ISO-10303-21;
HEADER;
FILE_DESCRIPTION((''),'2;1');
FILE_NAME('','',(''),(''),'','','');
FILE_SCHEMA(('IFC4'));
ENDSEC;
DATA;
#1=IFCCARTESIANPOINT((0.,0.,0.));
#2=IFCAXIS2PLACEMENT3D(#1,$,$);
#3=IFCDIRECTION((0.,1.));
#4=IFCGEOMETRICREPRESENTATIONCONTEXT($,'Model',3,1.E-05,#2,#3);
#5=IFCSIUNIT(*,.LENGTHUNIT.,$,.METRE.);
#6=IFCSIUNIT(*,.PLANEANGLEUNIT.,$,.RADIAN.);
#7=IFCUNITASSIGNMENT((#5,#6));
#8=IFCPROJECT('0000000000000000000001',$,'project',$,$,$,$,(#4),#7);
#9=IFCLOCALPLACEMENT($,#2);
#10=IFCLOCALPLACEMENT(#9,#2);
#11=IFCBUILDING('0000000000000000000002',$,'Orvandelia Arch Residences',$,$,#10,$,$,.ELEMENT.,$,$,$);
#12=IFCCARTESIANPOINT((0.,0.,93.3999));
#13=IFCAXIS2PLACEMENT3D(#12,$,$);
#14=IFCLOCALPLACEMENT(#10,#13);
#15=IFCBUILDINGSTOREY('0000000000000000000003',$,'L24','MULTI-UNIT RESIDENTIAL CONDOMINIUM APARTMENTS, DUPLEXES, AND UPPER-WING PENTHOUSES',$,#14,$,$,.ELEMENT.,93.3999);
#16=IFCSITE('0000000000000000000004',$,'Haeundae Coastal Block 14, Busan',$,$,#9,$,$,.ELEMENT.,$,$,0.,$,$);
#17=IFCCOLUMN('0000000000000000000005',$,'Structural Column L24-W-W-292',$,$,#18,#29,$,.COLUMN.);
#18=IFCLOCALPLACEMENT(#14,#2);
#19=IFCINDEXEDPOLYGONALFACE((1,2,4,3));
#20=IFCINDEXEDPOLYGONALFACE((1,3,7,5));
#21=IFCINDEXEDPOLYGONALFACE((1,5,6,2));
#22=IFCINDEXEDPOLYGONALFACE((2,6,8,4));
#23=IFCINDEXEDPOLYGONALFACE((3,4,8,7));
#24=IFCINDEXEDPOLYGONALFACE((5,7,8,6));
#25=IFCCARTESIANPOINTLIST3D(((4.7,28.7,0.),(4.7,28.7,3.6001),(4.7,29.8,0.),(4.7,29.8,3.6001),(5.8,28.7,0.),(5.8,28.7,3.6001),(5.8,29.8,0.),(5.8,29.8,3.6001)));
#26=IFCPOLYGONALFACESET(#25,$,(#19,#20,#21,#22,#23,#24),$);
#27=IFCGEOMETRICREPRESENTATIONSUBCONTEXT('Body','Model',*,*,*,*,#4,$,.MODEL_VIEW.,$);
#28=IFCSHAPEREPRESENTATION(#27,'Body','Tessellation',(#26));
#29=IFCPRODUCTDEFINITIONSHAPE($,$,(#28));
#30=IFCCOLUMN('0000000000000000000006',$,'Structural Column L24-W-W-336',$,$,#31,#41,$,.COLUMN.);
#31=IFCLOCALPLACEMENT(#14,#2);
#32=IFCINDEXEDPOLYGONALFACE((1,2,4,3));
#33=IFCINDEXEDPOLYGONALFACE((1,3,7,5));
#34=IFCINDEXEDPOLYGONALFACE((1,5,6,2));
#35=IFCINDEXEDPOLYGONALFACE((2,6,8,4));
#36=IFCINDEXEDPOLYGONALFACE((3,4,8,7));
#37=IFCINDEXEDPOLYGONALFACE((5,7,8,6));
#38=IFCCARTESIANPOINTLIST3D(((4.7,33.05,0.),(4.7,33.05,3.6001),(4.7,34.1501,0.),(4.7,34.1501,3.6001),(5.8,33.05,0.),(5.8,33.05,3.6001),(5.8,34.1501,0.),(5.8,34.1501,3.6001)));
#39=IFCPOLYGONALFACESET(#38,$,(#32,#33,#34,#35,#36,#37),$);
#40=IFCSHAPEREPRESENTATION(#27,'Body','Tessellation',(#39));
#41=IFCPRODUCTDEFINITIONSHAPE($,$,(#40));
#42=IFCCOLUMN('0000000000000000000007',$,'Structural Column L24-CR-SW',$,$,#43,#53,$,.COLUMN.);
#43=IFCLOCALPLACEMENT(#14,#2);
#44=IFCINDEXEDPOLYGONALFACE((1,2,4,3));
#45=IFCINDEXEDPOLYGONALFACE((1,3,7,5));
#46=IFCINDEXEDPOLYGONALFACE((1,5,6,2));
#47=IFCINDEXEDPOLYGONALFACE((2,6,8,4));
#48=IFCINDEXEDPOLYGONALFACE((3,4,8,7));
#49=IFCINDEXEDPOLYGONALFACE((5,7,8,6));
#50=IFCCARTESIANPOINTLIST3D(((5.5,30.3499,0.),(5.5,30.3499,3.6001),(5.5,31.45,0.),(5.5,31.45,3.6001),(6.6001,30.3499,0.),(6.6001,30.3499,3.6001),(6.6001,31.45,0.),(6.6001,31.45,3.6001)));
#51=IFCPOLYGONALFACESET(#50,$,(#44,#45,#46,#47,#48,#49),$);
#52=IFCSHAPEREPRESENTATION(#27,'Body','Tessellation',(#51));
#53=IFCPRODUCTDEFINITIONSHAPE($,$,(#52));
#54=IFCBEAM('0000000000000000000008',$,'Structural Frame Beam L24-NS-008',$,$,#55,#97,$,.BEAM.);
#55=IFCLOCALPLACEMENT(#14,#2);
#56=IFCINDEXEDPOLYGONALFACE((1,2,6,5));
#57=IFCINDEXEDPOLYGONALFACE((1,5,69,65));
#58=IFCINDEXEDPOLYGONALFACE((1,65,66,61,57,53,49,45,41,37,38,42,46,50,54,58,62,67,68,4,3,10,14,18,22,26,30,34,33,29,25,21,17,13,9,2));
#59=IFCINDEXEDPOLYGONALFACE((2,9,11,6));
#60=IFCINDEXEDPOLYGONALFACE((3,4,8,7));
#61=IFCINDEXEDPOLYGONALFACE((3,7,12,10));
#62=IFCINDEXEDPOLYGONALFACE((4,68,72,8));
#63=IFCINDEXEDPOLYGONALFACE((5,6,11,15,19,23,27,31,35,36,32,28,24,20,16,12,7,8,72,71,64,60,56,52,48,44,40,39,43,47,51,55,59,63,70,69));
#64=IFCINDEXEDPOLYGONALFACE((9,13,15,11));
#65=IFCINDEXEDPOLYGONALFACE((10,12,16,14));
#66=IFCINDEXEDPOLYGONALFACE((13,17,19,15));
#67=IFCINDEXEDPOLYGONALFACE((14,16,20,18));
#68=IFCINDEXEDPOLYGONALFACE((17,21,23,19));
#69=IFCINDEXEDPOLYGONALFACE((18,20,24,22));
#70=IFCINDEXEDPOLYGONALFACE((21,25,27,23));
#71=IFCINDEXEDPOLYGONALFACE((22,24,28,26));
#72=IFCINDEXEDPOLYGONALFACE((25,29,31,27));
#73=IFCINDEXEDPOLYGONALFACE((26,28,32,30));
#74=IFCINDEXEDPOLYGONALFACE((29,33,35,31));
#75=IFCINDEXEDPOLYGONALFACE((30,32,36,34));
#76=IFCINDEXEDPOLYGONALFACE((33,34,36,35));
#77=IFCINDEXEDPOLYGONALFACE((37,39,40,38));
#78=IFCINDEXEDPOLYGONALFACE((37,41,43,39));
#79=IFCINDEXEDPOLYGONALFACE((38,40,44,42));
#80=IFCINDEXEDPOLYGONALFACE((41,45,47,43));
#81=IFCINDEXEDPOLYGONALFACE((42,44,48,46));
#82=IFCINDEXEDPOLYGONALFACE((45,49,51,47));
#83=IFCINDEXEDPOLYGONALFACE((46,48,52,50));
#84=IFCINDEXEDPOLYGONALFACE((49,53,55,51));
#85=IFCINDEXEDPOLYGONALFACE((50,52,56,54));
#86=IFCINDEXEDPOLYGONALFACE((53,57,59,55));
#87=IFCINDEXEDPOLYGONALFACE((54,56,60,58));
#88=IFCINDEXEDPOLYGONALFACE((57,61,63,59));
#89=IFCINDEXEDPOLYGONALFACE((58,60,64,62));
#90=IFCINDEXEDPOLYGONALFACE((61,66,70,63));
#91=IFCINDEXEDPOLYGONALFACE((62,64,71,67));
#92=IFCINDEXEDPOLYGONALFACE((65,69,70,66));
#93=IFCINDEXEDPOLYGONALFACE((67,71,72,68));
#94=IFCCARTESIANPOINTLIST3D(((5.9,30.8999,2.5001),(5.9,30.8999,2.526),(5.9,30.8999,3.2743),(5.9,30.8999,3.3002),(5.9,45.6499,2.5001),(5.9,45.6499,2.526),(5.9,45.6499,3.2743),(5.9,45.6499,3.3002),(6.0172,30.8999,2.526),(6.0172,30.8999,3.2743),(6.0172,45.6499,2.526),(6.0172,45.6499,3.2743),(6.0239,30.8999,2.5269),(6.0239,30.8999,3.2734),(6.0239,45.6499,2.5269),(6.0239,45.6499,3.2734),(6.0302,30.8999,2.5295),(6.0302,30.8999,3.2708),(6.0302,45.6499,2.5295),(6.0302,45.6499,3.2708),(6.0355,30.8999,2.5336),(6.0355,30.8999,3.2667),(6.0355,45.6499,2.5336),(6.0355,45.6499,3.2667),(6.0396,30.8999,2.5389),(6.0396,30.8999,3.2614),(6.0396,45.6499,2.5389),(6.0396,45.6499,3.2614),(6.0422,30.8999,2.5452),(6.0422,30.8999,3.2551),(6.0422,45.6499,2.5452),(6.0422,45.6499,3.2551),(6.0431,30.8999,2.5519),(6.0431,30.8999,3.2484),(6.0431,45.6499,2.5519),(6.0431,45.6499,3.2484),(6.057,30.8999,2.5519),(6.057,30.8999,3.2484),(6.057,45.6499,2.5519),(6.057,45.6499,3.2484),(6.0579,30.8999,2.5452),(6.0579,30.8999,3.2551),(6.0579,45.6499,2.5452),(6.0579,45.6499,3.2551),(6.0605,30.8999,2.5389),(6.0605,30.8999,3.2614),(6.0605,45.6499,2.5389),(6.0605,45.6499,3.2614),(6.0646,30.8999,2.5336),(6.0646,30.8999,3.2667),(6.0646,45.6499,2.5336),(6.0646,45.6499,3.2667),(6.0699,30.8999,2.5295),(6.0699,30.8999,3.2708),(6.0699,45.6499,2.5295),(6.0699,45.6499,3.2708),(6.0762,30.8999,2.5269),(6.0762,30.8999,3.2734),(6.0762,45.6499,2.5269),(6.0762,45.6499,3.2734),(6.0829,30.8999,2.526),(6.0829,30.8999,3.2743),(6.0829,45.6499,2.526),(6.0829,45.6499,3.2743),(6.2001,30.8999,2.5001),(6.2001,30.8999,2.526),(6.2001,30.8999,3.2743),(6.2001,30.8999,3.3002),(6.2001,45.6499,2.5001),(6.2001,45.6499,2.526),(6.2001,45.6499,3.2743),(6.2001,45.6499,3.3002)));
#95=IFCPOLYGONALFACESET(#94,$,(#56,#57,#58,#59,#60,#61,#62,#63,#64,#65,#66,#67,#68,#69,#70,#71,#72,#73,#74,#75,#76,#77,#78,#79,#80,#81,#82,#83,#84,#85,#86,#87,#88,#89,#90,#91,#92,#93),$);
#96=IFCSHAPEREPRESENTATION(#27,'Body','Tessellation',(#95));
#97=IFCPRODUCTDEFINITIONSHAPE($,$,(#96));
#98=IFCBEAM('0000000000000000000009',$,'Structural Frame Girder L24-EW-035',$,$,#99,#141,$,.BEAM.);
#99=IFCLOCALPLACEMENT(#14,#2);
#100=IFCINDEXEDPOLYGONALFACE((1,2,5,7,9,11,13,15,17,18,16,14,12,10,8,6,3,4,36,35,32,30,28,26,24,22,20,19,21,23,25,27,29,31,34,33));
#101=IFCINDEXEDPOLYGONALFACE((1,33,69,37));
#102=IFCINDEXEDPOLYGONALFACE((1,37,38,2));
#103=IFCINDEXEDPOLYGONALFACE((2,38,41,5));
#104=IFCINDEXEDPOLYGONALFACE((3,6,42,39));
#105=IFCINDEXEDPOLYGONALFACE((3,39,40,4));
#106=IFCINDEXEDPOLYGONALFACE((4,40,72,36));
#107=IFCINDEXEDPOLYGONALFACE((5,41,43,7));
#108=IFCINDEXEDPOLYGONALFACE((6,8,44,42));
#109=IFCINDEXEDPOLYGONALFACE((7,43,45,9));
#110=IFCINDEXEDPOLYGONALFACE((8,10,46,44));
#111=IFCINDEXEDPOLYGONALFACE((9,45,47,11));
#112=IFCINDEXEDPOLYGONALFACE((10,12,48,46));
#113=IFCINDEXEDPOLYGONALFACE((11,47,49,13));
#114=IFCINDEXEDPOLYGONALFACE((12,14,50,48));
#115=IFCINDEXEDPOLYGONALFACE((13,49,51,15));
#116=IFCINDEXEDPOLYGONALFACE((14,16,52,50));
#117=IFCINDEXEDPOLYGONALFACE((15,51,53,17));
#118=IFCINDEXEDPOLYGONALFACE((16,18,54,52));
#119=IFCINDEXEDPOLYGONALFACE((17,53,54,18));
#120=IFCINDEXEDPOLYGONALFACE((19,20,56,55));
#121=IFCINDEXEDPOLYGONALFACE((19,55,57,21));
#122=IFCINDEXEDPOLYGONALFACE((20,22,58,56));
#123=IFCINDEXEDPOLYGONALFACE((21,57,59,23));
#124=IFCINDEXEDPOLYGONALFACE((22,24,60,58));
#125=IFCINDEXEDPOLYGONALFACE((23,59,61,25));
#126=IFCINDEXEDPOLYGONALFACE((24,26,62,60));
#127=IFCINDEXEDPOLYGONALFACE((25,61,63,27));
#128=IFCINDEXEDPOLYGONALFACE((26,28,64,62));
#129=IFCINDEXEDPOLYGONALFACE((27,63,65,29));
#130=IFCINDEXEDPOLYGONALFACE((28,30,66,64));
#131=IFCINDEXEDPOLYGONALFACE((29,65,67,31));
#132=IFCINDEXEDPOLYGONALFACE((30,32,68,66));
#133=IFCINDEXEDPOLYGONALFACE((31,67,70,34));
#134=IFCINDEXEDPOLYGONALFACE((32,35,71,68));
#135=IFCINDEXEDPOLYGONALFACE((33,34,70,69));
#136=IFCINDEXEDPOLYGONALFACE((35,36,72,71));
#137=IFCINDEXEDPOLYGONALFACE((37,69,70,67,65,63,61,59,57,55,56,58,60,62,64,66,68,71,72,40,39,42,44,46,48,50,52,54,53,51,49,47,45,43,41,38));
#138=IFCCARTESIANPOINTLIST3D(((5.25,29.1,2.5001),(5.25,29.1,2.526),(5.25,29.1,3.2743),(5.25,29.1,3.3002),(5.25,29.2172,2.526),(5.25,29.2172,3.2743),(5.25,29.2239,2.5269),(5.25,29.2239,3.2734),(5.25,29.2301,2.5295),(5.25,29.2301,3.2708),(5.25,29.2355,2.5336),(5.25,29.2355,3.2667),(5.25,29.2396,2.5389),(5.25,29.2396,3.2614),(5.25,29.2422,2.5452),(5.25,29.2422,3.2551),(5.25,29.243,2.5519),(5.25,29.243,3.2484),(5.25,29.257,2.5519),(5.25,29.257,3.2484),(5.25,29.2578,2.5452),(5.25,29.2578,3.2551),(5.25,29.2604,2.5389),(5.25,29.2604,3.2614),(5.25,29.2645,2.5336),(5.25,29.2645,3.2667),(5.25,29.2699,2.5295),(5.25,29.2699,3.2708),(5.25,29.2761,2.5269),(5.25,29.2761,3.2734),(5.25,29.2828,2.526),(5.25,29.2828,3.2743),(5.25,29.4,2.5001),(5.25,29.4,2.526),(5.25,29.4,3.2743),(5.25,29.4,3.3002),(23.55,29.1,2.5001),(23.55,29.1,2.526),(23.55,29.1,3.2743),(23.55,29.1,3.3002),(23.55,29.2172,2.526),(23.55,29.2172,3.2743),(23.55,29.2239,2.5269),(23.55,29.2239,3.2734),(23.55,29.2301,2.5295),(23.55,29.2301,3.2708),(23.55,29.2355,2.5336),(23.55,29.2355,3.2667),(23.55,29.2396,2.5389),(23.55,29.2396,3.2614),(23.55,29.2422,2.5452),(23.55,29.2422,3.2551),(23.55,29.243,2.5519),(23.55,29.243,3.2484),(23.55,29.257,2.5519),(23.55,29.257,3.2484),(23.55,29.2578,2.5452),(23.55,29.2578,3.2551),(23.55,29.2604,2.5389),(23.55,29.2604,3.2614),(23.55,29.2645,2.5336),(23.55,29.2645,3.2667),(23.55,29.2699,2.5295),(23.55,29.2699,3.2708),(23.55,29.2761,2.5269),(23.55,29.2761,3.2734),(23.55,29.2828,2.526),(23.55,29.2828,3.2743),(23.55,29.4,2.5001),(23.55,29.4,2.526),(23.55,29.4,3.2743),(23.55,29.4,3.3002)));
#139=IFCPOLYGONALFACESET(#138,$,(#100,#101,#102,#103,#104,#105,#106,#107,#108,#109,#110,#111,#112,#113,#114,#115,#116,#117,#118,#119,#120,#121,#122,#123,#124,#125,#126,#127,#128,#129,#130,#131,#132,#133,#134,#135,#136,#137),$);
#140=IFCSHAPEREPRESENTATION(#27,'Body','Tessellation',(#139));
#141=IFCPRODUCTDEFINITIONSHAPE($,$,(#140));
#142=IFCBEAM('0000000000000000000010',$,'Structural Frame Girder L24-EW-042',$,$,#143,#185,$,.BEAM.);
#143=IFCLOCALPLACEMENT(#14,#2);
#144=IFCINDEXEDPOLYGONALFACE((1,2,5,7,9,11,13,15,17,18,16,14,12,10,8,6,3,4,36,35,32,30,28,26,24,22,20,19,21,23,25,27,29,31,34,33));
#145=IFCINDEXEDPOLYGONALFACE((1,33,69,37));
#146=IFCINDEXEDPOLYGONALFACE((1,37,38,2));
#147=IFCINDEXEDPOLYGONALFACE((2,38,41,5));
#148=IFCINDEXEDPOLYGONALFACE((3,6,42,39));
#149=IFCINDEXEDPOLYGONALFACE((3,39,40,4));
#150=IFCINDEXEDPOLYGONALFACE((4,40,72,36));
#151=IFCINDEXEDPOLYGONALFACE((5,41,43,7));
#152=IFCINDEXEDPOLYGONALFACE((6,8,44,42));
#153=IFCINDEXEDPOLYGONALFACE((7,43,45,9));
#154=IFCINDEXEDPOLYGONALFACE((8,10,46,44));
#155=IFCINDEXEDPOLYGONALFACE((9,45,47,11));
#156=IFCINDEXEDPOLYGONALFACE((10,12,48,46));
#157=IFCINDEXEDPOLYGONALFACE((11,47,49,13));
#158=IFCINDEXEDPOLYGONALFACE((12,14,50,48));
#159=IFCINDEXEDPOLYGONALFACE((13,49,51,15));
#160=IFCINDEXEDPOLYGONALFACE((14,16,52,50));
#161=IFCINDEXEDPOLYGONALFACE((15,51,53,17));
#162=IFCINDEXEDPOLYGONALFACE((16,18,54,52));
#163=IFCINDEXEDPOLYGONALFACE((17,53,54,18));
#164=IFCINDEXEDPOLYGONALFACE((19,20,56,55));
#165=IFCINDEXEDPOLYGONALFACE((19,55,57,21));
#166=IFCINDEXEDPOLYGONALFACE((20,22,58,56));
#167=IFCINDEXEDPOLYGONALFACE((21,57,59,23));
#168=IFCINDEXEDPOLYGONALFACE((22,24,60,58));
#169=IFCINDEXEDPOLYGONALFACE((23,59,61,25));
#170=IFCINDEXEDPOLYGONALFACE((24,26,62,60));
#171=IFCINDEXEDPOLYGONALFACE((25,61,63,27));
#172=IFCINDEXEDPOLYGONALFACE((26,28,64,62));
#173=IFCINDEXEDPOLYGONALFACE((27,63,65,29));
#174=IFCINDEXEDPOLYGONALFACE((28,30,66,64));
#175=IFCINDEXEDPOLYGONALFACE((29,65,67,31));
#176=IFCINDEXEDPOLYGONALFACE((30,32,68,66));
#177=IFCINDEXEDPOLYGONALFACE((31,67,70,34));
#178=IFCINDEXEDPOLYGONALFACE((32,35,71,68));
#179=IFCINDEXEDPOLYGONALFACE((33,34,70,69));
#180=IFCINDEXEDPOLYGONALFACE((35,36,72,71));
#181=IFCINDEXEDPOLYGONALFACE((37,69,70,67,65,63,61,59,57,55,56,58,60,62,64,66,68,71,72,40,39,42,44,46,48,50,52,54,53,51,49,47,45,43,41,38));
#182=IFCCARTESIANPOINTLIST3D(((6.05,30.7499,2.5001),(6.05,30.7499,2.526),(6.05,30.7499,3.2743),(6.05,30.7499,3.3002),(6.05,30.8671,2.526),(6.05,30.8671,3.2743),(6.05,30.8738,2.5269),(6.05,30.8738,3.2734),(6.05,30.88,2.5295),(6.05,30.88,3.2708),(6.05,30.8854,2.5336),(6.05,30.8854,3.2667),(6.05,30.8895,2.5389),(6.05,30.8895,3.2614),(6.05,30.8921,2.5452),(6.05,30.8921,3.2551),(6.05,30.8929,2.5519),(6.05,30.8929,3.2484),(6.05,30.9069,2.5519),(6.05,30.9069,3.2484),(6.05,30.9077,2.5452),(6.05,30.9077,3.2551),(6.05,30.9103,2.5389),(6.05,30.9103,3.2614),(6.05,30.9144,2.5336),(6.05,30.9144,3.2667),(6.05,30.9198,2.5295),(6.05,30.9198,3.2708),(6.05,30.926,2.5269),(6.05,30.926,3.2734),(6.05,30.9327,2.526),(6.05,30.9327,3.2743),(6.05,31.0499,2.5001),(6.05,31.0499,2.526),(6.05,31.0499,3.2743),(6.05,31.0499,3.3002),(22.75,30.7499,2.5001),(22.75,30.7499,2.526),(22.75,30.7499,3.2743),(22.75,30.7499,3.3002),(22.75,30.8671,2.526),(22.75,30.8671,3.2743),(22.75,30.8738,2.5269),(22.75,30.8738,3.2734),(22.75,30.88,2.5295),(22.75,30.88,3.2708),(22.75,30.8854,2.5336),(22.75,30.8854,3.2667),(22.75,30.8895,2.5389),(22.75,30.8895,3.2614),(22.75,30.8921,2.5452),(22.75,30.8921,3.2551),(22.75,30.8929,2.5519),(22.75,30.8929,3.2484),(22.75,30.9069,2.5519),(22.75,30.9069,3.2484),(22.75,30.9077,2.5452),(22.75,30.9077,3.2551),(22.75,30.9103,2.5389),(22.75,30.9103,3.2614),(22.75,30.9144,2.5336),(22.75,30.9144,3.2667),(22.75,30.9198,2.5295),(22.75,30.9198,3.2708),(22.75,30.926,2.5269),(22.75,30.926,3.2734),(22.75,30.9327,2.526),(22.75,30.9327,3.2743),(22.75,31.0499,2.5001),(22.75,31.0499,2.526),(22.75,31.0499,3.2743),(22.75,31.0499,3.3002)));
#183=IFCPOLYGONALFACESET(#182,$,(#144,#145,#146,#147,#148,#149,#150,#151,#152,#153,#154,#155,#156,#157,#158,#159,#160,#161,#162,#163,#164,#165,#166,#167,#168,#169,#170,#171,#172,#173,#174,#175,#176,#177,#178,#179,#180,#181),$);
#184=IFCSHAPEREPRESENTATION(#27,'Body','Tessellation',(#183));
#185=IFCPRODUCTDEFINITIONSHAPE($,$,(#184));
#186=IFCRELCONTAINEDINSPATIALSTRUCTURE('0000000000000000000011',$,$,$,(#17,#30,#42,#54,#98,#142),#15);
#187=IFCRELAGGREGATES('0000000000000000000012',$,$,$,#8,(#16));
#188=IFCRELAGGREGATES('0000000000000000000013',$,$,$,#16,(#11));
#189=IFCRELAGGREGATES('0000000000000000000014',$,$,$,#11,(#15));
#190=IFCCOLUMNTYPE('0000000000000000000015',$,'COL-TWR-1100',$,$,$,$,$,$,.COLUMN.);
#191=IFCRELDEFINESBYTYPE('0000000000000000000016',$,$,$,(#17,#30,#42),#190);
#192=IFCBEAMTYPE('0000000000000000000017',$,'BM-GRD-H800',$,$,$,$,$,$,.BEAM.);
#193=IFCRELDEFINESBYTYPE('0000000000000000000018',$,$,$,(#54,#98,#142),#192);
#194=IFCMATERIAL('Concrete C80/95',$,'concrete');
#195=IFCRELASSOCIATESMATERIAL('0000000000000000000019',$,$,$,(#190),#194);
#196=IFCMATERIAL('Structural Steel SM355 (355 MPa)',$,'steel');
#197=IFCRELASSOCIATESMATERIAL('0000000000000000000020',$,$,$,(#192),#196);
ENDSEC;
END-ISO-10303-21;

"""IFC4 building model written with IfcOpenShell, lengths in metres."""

from ifc_helpers import new_model, si_unit, direction, frame, origin, origin_2d, place, context, subcontext, project, spatial, rectangle, i_section, extrude, material, material_profile, profile_set, type_object, element, save


model = new_model("IFC4")

# Units and contexts
model_context = context("Model", 3, precision=1e-05, world=origin(), true_north=direction((0.0, 1.0)))
body_context = subcontext(model_context, "Body", "Model", "MODEL_VIEW")
ifc_project = project(units=[si_unit("LENGTHUNIT", "METRE"), si_unit("PLANEANGLEUNIT", "RADIAN")], contexts=[model_context])

# Site, building, storey
site_placement = place(None, origin())
site = spatial("IfcSite", under=ifc_project, at=site_placement, Name="Haeundae Coastal Block 14, Busan", CompositionType="ELEMENT", RefElevation=0.0)
building_placement = place(site_placement, origin())
building = spatial("IfcBuilding", under=site, at=building_placement, Name="Orvandelia Arch Residences", CompositionType="ELEMENT")
storey_placement = place(building_placement, frame((0.0, 0.0, 93.3999)))
storey = spatial("IfcBuildingStorey", under=building, at=storey_placement, Name="L24", Description="MULTI-UNIT RESIDENTIAL CONDOMINIUM APARTMENTS, DUPLEXES, AND UPPER-WING PENTHOUSES", CompositionType="ELEMENT", Elevation=93.3999)

# Columns
ifc_material_1 = material(Name="Concrete C80/95", Category="concrete")
ifc_material_profile_1 = material_profile(ifc_material_1, rectangle(XDim=1.1001, YDim=1.1001, at=origin_2d()), Name="Concrete C80/95", Category="concrete")
ifc_profile_set_1 = profile_set([ifc_material_profile_1], Name="Concrete C80/95")
column_type = type_object("IfcColumnType", Name="COL-TWR-1100", PredefinedType="COLUMN", material=ifc_profile_set_1)
for number, where, z_axis, x_axis, name in (
    (1, (5.25, 29.25, 0.0), (0.0, 0.0, 1.0), (1.0, 0.0, 0.0), "Structural Column L24-W-W-292"),
    (2, (5.25, 33.6001, 0.0), (0.0, 0.0, 1.0), (1.0, 0.0, 0.0), "Structural Column L24-W-W-336"),
    (3, (6.05, 30.8999, 0.0), (0.0, 0.0, 1.0), (1.0, 0.0, 0.0), "Structural Column L24-CR-SW"),
):
    element("IfcColumn", number, at=place(storey_placement, frame(where, z_axis=z_axis, x_axis=x_axis)), inside=storey, type_object=column_type, Name=name, PredefinedType="COLUMN", context=body_context, shape_type="SweptSolid", body=[
        extrude(rectangle(XDim=1.1001, YDim=1.1001, at=origin_2d()), origin(), (0.0, 0.0, 1.0), 3.6001),
    ])

# Beams
ifc_material_2 = material(Name="Structural Steel SM355 (355 MPa)", Category="steel")
ifc_material_profile_2 = material_profile(ifc_material_2, i_section(OverallWidth=0.3, OverallDepth=0.8, WebThickness=0.0139, FlangeThickness=0.0259, FilletRadius=0.0259, at=origin_2d()), Name="Structural Steel SM355 (355 MPa)", Category="steel")
ifc_profile_set_2 = profile_set([ifc_material_profile_2], Name="Structural Steel SM355 (355 MPa)")
beam_type_1 = type_object("IfcBeamType", Name="BM-GRD-H800", PredefinedType="BEAM", material=ifc_profile_set_2)
beam_1_placement = place(storey_placement, frame((6.05, 30.8999, 2.9001), z_axis=(0.0, 1.0, 0.0), x_axis=(-1.0, 0.0, 0.0)))
element("IfcBeam", 4, at=beam_1_placement, inside=storey, type_object=beam_type_1, Name="Structural Frame Beam L24-NS-008", PredefinedType="BEAM", context=body_context, shape_type="SweptSolid", body=[
    extrude(i_section(OverallWidth=0.3, OverallDepth=0.8, WebThickness=0.0139, FlangeThickness=0.0259, FilletRadius=0.0259, at=origin_2d()), origin(), (0.0, 0.0, 1.0), 14.75),
])
beam_2_placement = place(storey_placement, frame((5.25, 29.25, 2.9001), z_axis=(1.0, 0.0, 0.0), x_axis=(0.0, 1.0, 0.0)))
element("IfcBeam", 5, at=beam_2_placement, inside=storey, type_object=beam_type_1, Name="Structural Frame Girder L24-EW-035", PredefinedType="BEAM", context=body_context, shape_type="SweptSolid", body=[
    extrude(i_section(OverallWidth=0.3, OverallDepth=0.8, WebThickness=0.0139, FlangeThickness=0.0259, FilletRadius=0.0259, at=origin_2d()), origin(), (0.0, 0.0, 1.0), 18.3),
])
beam_3_placement = place(storey_placement, frame((6.05, 30.8999, 2.9001), z_axis=(1.0, 0.0, 0.0), x_axis=(0.0, 1.0, 0.0)))
element("IfcBeam", 6, at=beam_3_placement, inside=storey, type_object=beam_type_1, Name="Structural Frame Girder L24-EW-042", PredefinedType="BEAM", context=body_context, shape_type="SweptSolid", body=[
    extrude(i_section(OverallWidth=0.3, OverallDepth=0.8, WebThickness=0.0139, FlangeThickness=0.0259, FilletRadius=0.0259, at=origin_2d()), origin(), (0.0, 0.0, 1.0), 16.7),
])

save(model, "model.ifc")
